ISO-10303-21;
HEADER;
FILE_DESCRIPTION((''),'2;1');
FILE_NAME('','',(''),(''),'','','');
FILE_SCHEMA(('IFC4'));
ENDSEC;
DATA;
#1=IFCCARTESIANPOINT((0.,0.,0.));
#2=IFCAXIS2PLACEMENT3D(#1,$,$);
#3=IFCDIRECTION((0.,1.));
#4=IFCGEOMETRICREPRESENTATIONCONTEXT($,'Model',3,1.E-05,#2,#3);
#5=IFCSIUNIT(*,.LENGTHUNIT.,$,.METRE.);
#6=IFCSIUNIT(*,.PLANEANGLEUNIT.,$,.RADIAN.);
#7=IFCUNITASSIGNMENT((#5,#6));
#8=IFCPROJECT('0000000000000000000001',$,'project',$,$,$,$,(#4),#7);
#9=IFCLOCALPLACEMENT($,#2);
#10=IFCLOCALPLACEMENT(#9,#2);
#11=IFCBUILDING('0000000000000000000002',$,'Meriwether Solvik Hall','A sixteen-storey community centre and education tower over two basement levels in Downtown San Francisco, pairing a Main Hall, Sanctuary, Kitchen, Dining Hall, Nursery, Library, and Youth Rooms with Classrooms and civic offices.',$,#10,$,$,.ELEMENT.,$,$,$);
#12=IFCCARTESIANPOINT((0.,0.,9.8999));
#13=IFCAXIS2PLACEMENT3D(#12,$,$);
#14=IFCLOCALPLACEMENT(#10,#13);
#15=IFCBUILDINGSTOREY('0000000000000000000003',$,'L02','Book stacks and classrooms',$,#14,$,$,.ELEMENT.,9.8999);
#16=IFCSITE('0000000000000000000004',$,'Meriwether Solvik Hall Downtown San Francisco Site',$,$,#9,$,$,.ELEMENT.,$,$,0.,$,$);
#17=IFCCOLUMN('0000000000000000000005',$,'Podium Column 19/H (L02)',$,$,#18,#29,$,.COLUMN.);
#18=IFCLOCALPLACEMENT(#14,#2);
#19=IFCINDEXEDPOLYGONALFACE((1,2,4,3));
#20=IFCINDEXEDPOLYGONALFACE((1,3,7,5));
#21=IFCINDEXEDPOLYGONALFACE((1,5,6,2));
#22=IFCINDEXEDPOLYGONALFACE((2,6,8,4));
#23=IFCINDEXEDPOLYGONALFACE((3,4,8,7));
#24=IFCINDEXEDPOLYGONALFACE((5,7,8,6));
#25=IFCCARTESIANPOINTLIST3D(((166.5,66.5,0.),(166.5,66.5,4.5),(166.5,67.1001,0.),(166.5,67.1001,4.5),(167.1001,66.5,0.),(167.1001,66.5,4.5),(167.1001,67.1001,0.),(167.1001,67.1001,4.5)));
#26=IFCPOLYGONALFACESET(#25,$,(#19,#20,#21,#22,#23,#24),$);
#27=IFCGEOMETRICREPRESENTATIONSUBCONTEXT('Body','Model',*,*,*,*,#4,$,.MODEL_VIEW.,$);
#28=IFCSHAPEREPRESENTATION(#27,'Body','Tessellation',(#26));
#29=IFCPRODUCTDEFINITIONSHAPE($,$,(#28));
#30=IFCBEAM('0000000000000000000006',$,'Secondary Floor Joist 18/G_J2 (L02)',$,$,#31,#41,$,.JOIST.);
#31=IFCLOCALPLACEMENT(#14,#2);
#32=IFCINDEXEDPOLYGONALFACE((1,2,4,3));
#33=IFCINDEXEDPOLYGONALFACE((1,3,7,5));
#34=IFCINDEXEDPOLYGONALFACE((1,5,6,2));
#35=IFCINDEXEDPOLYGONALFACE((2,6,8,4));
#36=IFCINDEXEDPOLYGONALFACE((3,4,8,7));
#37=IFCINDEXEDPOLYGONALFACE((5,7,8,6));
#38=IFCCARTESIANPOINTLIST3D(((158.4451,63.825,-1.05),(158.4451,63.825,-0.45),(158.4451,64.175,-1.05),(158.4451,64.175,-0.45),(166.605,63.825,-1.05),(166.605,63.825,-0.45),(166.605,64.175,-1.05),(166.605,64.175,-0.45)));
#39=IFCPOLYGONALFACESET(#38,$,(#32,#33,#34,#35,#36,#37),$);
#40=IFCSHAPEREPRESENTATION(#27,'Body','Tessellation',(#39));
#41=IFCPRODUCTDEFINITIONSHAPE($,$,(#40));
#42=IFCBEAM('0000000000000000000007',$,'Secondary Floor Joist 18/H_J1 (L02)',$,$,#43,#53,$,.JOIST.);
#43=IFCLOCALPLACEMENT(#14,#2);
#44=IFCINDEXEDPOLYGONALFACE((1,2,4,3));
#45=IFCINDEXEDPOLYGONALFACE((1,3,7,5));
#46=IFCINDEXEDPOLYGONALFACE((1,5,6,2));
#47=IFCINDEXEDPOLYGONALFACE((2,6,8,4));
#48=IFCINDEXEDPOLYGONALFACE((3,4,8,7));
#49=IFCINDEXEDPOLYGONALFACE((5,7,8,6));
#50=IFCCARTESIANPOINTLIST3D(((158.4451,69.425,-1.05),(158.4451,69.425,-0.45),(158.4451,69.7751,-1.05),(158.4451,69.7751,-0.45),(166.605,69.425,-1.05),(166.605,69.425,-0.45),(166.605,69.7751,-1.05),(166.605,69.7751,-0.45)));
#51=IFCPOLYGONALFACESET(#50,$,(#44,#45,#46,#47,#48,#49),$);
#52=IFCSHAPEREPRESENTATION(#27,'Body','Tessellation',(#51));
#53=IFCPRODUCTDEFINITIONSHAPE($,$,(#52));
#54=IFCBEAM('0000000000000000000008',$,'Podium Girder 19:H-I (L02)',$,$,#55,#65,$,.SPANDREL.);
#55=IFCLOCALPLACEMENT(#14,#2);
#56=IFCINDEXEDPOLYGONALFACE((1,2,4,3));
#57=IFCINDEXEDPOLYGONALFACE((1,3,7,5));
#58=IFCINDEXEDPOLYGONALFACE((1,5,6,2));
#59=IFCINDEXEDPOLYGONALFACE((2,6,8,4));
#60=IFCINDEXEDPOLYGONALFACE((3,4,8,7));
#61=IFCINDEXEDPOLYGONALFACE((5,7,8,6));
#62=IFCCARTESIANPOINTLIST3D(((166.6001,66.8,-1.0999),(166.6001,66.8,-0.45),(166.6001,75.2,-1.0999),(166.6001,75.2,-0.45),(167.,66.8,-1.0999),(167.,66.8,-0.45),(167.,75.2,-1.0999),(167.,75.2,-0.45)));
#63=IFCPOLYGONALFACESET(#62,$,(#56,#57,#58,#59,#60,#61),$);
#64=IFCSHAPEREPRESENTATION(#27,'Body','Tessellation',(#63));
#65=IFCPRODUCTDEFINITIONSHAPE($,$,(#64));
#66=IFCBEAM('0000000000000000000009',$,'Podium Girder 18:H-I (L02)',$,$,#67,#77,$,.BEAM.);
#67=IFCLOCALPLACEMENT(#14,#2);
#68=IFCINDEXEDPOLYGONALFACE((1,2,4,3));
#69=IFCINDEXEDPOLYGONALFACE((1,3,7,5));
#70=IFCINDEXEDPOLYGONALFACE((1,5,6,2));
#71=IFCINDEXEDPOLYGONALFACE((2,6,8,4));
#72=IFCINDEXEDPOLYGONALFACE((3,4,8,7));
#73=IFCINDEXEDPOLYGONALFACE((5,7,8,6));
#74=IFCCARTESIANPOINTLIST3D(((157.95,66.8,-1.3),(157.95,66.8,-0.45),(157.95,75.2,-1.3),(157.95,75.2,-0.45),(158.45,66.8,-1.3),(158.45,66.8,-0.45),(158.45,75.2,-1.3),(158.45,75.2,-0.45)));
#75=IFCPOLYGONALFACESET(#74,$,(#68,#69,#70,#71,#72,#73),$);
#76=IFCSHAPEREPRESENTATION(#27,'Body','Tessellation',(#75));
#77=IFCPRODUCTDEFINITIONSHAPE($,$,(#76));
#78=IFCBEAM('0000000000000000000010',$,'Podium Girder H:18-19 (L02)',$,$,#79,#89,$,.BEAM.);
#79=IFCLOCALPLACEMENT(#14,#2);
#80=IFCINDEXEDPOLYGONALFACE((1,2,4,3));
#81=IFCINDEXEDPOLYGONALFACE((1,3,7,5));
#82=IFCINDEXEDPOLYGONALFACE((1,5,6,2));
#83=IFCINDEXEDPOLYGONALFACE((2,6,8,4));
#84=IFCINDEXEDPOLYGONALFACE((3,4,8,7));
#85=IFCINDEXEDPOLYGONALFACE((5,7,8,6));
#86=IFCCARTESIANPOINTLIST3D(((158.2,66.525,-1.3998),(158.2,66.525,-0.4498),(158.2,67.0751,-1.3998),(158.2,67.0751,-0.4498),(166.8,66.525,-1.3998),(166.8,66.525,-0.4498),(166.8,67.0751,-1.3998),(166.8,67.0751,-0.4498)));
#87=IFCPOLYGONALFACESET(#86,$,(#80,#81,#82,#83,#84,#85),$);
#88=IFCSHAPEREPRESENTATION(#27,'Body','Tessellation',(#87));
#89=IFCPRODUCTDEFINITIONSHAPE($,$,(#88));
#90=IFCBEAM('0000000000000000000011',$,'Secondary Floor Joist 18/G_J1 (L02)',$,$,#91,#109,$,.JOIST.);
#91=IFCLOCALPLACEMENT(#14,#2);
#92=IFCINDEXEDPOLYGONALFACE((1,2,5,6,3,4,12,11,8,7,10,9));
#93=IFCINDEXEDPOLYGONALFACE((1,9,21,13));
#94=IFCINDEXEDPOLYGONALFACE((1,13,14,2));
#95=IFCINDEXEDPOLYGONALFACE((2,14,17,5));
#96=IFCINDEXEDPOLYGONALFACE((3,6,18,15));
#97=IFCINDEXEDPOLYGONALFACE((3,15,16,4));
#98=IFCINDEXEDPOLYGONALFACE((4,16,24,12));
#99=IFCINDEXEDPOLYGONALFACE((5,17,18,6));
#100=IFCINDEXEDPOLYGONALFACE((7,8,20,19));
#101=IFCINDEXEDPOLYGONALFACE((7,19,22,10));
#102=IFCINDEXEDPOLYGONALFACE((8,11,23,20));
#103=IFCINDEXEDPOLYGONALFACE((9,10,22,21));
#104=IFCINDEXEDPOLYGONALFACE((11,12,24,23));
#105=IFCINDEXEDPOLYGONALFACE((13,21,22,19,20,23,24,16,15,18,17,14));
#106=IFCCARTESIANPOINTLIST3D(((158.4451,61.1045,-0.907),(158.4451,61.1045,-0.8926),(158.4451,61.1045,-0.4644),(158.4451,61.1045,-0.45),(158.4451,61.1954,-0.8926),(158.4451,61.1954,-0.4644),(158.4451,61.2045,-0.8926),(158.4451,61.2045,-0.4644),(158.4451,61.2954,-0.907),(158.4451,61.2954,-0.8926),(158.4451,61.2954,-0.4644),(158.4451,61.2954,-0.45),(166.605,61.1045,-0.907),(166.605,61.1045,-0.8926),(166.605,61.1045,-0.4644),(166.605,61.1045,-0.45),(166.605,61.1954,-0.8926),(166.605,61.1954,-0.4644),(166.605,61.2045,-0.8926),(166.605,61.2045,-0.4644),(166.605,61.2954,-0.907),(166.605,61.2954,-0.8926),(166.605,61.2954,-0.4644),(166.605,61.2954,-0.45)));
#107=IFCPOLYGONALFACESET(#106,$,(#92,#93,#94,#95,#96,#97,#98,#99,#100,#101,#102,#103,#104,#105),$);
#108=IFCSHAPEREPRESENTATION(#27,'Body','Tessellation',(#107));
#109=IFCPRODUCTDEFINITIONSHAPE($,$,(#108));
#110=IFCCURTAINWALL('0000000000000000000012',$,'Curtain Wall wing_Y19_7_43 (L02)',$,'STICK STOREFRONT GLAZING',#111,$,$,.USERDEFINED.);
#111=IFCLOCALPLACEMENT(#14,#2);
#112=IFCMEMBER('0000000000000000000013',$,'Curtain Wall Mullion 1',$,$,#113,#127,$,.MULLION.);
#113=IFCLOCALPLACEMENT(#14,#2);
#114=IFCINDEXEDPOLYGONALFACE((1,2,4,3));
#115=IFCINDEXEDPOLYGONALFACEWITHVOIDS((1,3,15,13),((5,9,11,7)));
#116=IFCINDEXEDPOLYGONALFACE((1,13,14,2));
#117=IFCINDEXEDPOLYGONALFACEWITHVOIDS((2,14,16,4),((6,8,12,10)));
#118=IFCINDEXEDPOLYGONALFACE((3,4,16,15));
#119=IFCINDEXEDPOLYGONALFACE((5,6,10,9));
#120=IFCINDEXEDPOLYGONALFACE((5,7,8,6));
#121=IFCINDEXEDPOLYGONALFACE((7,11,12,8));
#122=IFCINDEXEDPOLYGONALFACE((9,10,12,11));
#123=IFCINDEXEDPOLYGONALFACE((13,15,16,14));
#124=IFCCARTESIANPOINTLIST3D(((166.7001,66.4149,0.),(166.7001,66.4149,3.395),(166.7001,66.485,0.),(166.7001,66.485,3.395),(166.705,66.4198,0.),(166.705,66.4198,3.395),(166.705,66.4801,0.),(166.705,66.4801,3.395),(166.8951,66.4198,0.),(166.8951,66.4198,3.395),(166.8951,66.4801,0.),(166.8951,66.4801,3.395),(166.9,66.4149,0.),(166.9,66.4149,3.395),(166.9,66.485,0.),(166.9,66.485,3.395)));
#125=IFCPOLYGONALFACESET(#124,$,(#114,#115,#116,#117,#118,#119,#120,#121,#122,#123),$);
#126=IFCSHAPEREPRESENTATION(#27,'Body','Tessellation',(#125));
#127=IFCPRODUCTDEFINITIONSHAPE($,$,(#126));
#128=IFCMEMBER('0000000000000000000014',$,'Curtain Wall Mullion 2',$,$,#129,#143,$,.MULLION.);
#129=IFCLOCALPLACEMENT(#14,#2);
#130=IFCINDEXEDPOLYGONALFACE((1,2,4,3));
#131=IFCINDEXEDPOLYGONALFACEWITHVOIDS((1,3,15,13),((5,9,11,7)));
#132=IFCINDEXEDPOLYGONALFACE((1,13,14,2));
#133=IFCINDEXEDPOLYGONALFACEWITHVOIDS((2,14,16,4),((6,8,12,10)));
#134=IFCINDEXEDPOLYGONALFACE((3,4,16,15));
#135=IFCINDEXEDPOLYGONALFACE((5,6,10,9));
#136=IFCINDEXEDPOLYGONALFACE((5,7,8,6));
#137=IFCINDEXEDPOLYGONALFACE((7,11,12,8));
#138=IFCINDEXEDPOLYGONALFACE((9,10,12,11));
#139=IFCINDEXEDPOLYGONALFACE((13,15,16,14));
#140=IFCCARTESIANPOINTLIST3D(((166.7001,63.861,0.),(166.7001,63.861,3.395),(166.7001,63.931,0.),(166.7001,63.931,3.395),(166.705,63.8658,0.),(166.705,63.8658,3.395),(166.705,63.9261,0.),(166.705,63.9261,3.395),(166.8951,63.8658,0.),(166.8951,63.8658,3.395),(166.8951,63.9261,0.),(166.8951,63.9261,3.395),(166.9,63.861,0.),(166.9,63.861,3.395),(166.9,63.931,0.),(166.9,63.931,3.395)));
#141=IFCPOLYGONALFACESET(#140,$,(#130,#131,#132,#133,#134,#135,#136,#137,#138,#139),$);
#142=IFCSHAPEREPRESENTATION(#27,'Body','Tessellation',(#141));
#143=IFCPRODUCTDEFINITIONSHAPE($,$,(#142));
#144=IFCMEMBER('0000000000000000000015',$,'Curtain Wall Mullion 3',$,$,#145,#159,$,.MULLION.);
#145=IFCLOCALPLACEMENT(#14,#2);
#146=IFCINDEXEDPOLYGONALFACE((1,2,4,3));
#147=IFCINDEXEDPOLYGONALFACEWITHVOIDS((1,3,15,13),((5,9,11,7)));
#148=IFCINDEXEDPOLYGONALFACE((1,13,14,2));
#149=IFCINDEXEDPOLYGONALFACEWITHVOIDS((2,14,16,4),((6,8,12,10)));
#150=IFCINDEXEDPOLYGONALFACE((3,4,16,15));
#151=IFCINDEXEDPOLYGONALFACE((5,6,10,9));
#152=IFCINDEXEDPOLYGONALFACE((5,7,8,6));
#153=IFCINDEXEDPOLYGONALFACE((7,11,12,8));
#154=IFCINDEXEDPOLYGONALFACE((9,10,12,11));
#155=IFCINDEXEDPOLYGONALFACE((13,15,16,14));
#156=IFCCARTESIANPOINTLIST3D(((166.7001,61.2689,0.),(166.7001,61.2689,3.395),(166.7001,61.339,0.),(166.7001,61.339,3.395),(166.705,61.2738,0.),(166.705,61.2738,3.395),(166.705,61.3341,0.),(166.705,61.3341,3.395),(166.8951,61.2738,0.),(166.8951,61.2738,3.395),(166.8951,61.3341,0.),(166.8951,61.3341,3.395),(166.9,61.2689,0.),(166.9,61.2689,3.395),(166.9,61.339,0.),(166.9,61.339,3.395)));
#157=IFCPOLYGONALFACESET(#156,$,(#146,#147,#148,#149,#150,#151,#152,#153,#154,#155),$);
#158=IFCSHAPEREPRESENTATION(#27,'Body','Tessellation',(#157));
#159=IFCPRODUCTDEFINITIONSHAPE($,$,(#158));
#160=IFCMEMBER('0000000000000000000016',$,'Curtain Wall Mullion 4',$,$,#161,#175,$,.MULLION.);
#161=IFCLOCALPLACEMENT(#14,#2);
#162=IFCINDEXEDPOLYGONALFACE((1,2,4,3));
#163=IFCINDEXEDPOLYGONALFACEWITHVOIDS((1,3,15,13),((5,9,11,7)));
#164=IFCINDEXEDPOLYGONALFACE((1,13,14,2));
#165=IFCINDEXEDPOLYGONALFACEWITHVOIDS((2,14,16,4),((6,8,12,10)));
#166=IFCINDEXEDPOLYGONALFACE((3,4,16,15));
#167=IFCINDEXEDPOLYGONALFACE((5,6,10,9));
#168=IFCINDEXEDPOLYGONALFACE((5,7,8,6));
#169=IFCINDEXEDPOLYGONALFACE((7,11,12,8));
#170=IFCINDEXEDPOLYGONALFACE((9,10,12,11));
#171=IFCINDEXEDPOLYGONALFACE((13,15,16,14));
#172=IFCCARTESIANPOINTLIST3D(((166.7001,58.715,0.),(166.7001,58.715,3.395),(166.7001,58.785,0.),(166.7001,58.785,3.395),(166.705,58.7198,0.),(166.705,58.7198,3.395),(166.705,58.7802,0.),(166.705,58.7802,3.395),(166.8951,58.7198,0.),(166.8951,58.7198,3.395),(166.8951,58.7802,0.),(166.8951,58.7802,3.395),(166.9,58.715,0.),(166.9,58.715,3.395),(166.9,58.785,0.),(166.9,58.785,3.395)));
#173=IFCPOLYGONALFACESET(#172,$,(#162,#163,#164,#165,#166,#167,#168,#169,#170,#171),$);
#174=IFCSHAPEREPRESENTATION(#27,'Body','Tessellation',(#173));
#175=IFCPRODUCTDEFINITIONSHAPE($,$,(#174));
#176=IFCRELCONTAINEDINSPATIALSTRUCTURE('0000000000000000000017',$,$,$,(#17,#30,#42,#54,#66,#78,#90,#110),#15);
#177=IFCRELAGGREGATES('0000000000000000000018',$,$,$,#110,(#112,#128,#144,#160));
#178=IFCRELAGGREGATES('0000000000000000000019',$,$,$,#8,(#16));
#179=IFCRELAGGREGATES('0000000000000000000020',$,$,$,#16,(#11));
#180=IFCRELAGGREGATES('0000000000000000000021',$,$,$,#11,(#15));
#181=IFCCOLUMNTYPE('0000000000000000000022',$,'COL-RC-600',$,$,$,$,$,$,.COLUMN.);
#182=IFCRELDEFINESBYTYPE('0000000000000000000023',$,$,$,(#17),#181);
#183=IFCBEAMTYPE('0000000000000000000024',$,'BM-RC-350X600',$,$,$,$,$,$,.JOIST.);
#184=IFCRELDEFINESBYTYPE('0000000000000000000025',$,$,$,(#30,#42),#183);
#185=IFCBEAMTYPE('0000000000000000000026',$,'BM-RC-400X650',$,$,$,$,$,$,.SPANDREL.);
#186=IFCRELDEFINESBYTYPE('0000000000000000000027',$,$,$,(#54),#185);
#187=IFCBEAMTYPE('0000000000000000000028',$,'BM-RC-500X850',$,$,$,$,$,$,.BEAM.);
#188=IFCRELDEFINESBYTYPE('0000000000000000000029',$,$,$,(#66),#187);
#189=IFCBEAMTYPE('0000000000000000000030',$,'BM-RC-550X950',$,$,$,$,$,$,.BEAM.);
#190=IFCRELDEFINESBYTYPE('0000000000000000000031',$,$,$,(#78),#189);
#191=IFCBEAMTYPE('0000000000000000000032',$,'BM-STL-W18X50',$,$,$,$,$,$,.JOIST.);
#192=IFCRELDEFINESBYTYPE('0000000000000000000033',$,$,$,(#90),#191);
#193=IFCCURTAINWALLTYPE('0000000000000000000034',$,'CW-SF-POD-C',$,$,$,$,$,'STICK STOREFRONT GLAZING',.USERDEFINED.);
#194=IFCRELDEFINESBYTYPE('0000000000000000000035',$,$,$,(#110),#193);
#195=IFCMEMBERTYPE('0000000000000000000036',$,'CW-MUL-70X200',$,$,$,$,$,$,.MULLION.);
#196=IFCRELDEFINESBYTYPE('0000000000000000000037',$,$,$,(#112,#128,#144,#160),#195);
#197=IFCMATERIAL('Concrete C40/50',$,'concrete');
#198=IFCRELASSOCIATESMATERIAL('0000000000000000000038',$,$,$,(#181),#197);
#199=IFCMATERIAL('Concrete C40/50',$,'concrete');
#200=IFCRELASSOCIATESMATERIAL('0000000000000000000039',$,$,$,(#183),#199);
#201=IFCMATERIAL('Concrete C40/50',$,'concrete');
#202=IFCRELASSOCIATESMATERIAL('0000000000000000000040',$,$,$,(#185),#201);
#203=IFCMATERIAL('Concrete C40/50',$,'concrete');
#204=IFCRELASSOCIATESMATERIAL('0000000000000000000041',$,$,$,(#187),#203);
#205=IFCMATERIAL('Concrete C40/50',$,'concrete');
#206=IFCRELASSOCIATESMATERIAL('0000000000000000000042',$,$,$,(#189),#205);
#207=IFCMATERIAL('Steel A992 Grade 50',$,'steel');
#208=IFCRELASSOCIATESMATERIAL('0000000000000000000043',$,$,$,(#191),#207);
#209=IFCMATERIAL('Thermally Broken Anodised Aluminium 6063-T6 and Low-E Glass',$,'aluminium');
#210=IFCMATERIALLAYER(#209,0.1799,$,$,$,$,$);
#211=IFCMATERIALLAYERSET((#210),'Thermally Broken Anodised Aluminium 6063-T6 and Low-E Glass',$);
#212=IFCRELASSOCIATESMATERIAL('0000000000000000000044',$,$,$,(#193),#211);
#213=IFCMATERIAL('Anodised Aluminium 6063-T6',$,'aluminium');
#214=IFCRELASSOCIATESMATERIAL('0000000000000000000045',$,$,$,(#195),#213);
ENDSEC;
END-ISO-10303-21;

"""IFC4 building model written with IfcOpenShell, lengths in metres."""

from ifc_helpers import new_model, si_unit, direction, frame, origin, origin_2d, place, context, subcontext, project, spatial, rectangle, hollow_rectangle, i_section, extrude, material, layer, layer_set, material_profile, profile_set, type_object, element, aggregate, save


model = new_model("IFC4")

# Units and contexts
model_context = context("Model", 3, precision=1e-05, world=origin(), true_north=direction((0.0, 1.0)))
body_context = subcontext(model_context, "Body", "Model", "MODEL_VIEW")
ifc_project = project(units=[si_unit("LENGTHUNIT", "METRE"), si_unit("PLANEANGLEUNIT", "RADIAN")], contexts=[model_context])

# Site, building, storey
site_placement = place(None, origin())
site = spatial("IfcSite", under=ifc_project, at=site_placement, Name="Meriwether Solvik Hall Downtown San Francisco Site", CompositionType="ELEMENT", RefElevation=0.0)
building_placement = place(site_placement, origin())
building = spatial("IfcBuilding", under=site, at=building_placement, Name="Meriwether Solvik Hall", Description="A sixteen-storey community centre and education tower over two basement levels in Downtown San Francisco, pairing a Main Hall, Sanctuary, Kitchen, Dining Hall, Nursery, Library, and Youth Rooms with Classrooms and civic offices.", CompositionType="ELEMENT")
storey_placement = place(building_placement, frame((0.0, 0.0, 9.8999)))
storey = spatial("IfcBuildingStorey", under=building, at=storey_placement, Name="L02", Description="Book stacks and classrooms", CompositionType="ELEMENT", Elevation=9.8999)

# Column
ifc_material_1 = material(Name="Concrete C40/50", Category="concrete")
ifc_material_profile_1 = material_profile(ifc_material_1, rectangle(XDim=0.6001, YDim=0.6001, at=origin_2d()), Name="RCC-600X600")
ifc_profile_set_1 = profile_set([ifc_material_profile_1], Name="Concrete C40/50")
column_type = type_object("IfcColumnType", Name="COL-RC-600", PredefinedType="COLUMN", material=ifc_profile_set_1)
column_placement = place(storey_placement, frame((166.8, 66.8, 0.0), z_axis=(0.0, 0.0, 1.0), x_axis=(1.0, 0.0, 0.0)))
element("IfcColumn", 1, at=column_placement, inside=storey, type_object=column_type, Name="Podium Column 19/H (L02)", PredefinedType="COLUMN", context=body_context, shape_type="SweptSolid", body=[
    extrude(rectangle(XDim=0.6001, YDim=0.6001, at=origin_2d()), origin(), (0.0, 0.0, 1.0), 4.5),
])

# Beams
ifc_material_2 = material(Name="Concrete C40/50", Category="concrete")
ifc_material_profile_2 = material_profile(ifc_material_2, rectangle(XDim=0.3501, YDim=0.6001, at=origin_2d()), Name="RCB-350X600")
ifc_profile_set_2 = profile_set([ifc_material_profile_2], Name="Concrete C40/50")
beam_type_1 = type_object("IfcBeamType", Name="BM-RC-350X600", PredefinedType="JOIST", material=ifc_profile_set_2)
for number, where, z_axis, x_axis, name in (
    (2, (158.4451, 64.0, -0.75), (1.0, 0.0, 0.0), (0.0, 1.0, 0.0), "Secondary Floor Joist 18/G_J2 (L02)"),
    (3, (158.4451, 69.6001, -0.75), (1.0, 0.0, 0.0), (0.0, 1.0, 0.0), "Secondary Floor Joist 18/H_J1 (L02)"),
):
    element("IfcBeam", number, at=place(storey_placement, frame(where, z_axis=z_axis, x_axis=x_axis)), inside=storey, type_object=beam_type_1, Name=name, PredefinedType="JOIST", context=body_context, shape_type="SweptSolid", body=[
        extrude(rectangle(XDim=0.3501, YDim=0.6001, at=origin_2d()), origin(), (0.0, 0.0, 1.0), 8.1599),
    ])
ifc_material_3 = material(Name="Concrete C40/50", Category="concrete")
ifc_material_profile_3 = material_profile(ifc_material_3, rectangle(XDim=0.3999, YDim=0.6499, at=origin_2d()), Name="RCB-400X650")
ifc_profile_set_3 = profile_set([ifc_material_profile_3], Name="Concrete C40/50")
beam_type_2 = type_object("IfcBeamType", Name="BM-RC-400X650", PredefinedType="SPANDREL", material=ifc_profile_set_3)
beam_1_placement = place(storey_placement, frame((166.8, 66.8, -0.7749), z_axis=(0.0, 1.0, 0.0), x_axis=(-1.0, 0.0, 0.0)))
element("IfcBeam", 4, at=beam_1_placement, inside=storey, type_object=beam_type_2, Name="Podium Girder 19:H-I (L02)", PredefinedType="SPANDREL", context=body_context, shape_type="SweptSolid", body=[
    extrude(rectangle(XDim=0.3999, YDim=0.6499, at=origin_2d()), origin(), (0.0, 0.0, 1.0), 8.3999),
])
ifc_material_4 = material(Name="Concrete C40/50", Category="concrete")
ifc_material_profile_4 = material_profile(ifc_material_4, rectangle(XDim=0.5, YDim=0.8501, at=origin_2d()), Name="RCB-500X850")
ifc_profile_set_4 = profile_set([ifc_material_profile_4], Name="Concrete C40/50")
beam_type_3 = type_object("IfcBeamType", Name="BM-RC-500X850", PredefinedType="BEAM", material=ifc_profile_set_4)
beam_2_placement = place(storey_placement, frame((158.2, 66.8, -0.875), z_axis=(0.0, 1.0, 0.0), x_axis=(-1.0, 0.0, 0.0)))
element("IfcBeam", 5, at=beam_2_placement, inside=storey, type_object=beam_type_3, Name="Podium Girder 18:H-I (L02)", PredefinedType="BEAM", context=body_context, shape_type="SweptSolid", body=[
    extrude(rectangle(XDim=0.5, YDim=0.8501, at=origin_2d()), origin(), (0.0, 0.0, 1.0), 8.3999),
])
ifc_material_5 = material(Name="Concrete C40/50", Category="concrete")
ifc_material_profile_5 = material_profile(ifc_material_5, rectangle(XDim=0.55, YDim=0.95, at=origin_2d()), Name="RCB-550X950")
ifc_profile_set_5 = profile_set([ifc_material_profile_5], Name="Concrete C40/50")
beam_type_4 = type_object("IfcBeamType", Name="BM-RC-550X950", PredefinedType="BEAM", material=ifc_profile_set_5)
beam_3_placement = place(storey_placement, frame((158.2, 66.8, -0.9248), z_axis=(1.0, 0.0, 0.0), x_axis=(0.0, 1.0, 0.0)))
element("IfcBeam", 6, at=beam_3_placement, inside=storey, type_object=beam_type_4, Name="Podium Girder H:18-19 (L02)", PredefinedType="BEAM", context=body_context, shape_type="SweptSolid", body=[
    extrude(rectangle(XDim=0.55, YDim=0.95, at=origin_2d()), origin(), (0.0, 0.0, 1.0), 8.6001),
])
ifc_material_6 = material(Name="Steel A992 Grade 50", Category="steel")
ifc_material_profile_6 = material_profile(ifc_material_6, i_section(OverallWidth=0.1909, OverallDepth=0.457, WebThickness=0.009, FlangeThickness=0.0144, at=origin_2d()), Name="W18X50")
ifc_profile_set_6 = profile_set([ifc_material_profile_6], Name="Steel A992 Grade 50")
beam_type_5 = type_object("IfcBeamType", Name="BM-STL-W18X50", PredefinedType="JOIST", material=ifc_profile_set_6)
beam_4_placement = place(storey_placement, frame((158.4451, 61.2, -0.6785), z_axis=(1.0, 0.0, 0.0), x_axis=(0.0, 1.0, 0.0)))
element("IfcBeam", 7, at=beam_4_placement, inside=storey, type_object=beam_type_5, Name="Secondary Floor Joist 18/G_J1 (L02)", PredefinedType="JOIST", context=body_context, shape_type="SweptSolid", body=[
    extrude(i_section(OverallWidth=0.1909, OverallDepth=0.457, WebThickness=0.009, FlangeThickness=0.0144, at=origin_2d()), origin(), (0.0, 0.0, 1.0), 8.1599),
])

# Curtain wall, members
ifc_material_7 = material(Name="Thermally Broken Anodised Aluminium 6063-T6 and Low-E Glass", Category="aluminium")
ifc_layer_1 = layer(ifc_material_7, 0.1799)
ifc_layer_set_1 = layer_set([ifc_layer_1], Name="Thermally Broken Anodised Aluminium 6063-T6 and Low-E Glass")
curtain_wall_type = type_object("IfcCurtainWallType", Name="CW-SF-POD-C", ElementType="STICK STOREFRONT GLAZING", PredefinedType="USERDEFINED", material=ifc_layer_set_1)
curtain_wall_placement = place(storey_placement, origin())
curtain_wall = element("IfcCurtainWall", 8, at=curtain_wall_placement, inside=storey, type_object=curtain_wall_type, Name="Curtain Wall wing_Y19_7_43 (L02)", ObjectType="STICK STOREFRONT GLAZING", PredefinedType="USERDEFINED")
ifc_material_8 = material(Name="Anodised Aluminium 6063-T6", Category="aluminium")
ifc_material_profile_7 = material_profile(ifc_material_8, hollow_rectangle(XDim=0.0701, YDim=0.2, WallThickness=0.0049, at=origin_2d()), Name="CWM-70X200")
ifc_profile_set_7 = profile_set([ifc_material_profile_7], Name="Anodised Aluminium 6063-T6")
member_type_1 = type_object("IfcMemberType", Name="CW-MUL-70X200", PredefinedType="MULLION", material=ifc_profile_set_7)
member_1_placement = place(storey_placement, frame((166.8, 66.45, 0.0), z_axis=(0.0, 0.0, 1.0), x_axis=(0.0, -1.0, 0.0)))
member_1 = element("IfcMember", 9, at=member_1_placement, type_object=member_type_1, Name="Curtain Wall Mullion 1", PredefinedType="MULLION", context=body_context, shape_type="SweptSolid", body=[
    extrude(hollow_rectangle(XDim=0.0701, YDim=0.2, WallThickness=0.0049, at=origin_2d()), origin(), (0.0, 0.0, 1.0), 3.395),
])
member_2_placement = place(storey_placement, frame((166.8, 63.896, 0.0), z_axis=(0.0, 0.0, 1.0), x_axis=(0.0, -1.0, 0.0)))
member_2 = element("IfcMember", 10, at=member_2_placement, type_object=member_type_1, Name="Curtain Wall Mullion 2", PredefinedType="MULLION", context=body_context, shape_type="SweptSolid", body=[
    extrude(hollow_rectangle(XDim=0.0701, YDim=0.2, WallThickness=0.0049, at=origin_2d()), origin(), (0.0, 0.0, 1.0), 3.395),
])
member_3_placement = place(storey_placement, frame((166.8, 61.304, 0.0), z_axis=(0.0, 0.0, 1.0), x_axis=(0.0, -1.0, 0.0)))
member_3 = element("IfcMember", 11, at=member_3_placement, type_object=member_type_1, Name="Curtain Wall Mullion 3", PredefinedType="MULLION", context=body_context, shape_type="SweptSolid", body=[
    extrude(hollow_rectangle(XDim=0.0701, YDim=0.2, WallThickness=0.0049, at=origin_2d()), origin(), (0.0, 0.0, 1.0), 3.395),
])
member_4_placement = place(storey_placement, frame((166.8, 58.75, 0.0), z_axis=(0.0, 0.0, 1.0), x_axis=(0.0, -1.0, 0.0)))
member_4 = element("IfcMember", 12, at=member_4_placement, type_object=member_type_1, Name="Curtain Wall Mullion 4", PredefinedType="MULLION", context=body_context, shape_type="SweptSolid", body=[
    extrude(hollow_rectangle(XDim=0.0701, YDim=0.2, WallThickness=0.0049, at=origin_2d()), origin(), (0.0, 0.0, 1.0), 3.395),
])
aggregate(curtain_wall, [member_1, member_2, member_3, member_4])

save(model, "model.ifc")
